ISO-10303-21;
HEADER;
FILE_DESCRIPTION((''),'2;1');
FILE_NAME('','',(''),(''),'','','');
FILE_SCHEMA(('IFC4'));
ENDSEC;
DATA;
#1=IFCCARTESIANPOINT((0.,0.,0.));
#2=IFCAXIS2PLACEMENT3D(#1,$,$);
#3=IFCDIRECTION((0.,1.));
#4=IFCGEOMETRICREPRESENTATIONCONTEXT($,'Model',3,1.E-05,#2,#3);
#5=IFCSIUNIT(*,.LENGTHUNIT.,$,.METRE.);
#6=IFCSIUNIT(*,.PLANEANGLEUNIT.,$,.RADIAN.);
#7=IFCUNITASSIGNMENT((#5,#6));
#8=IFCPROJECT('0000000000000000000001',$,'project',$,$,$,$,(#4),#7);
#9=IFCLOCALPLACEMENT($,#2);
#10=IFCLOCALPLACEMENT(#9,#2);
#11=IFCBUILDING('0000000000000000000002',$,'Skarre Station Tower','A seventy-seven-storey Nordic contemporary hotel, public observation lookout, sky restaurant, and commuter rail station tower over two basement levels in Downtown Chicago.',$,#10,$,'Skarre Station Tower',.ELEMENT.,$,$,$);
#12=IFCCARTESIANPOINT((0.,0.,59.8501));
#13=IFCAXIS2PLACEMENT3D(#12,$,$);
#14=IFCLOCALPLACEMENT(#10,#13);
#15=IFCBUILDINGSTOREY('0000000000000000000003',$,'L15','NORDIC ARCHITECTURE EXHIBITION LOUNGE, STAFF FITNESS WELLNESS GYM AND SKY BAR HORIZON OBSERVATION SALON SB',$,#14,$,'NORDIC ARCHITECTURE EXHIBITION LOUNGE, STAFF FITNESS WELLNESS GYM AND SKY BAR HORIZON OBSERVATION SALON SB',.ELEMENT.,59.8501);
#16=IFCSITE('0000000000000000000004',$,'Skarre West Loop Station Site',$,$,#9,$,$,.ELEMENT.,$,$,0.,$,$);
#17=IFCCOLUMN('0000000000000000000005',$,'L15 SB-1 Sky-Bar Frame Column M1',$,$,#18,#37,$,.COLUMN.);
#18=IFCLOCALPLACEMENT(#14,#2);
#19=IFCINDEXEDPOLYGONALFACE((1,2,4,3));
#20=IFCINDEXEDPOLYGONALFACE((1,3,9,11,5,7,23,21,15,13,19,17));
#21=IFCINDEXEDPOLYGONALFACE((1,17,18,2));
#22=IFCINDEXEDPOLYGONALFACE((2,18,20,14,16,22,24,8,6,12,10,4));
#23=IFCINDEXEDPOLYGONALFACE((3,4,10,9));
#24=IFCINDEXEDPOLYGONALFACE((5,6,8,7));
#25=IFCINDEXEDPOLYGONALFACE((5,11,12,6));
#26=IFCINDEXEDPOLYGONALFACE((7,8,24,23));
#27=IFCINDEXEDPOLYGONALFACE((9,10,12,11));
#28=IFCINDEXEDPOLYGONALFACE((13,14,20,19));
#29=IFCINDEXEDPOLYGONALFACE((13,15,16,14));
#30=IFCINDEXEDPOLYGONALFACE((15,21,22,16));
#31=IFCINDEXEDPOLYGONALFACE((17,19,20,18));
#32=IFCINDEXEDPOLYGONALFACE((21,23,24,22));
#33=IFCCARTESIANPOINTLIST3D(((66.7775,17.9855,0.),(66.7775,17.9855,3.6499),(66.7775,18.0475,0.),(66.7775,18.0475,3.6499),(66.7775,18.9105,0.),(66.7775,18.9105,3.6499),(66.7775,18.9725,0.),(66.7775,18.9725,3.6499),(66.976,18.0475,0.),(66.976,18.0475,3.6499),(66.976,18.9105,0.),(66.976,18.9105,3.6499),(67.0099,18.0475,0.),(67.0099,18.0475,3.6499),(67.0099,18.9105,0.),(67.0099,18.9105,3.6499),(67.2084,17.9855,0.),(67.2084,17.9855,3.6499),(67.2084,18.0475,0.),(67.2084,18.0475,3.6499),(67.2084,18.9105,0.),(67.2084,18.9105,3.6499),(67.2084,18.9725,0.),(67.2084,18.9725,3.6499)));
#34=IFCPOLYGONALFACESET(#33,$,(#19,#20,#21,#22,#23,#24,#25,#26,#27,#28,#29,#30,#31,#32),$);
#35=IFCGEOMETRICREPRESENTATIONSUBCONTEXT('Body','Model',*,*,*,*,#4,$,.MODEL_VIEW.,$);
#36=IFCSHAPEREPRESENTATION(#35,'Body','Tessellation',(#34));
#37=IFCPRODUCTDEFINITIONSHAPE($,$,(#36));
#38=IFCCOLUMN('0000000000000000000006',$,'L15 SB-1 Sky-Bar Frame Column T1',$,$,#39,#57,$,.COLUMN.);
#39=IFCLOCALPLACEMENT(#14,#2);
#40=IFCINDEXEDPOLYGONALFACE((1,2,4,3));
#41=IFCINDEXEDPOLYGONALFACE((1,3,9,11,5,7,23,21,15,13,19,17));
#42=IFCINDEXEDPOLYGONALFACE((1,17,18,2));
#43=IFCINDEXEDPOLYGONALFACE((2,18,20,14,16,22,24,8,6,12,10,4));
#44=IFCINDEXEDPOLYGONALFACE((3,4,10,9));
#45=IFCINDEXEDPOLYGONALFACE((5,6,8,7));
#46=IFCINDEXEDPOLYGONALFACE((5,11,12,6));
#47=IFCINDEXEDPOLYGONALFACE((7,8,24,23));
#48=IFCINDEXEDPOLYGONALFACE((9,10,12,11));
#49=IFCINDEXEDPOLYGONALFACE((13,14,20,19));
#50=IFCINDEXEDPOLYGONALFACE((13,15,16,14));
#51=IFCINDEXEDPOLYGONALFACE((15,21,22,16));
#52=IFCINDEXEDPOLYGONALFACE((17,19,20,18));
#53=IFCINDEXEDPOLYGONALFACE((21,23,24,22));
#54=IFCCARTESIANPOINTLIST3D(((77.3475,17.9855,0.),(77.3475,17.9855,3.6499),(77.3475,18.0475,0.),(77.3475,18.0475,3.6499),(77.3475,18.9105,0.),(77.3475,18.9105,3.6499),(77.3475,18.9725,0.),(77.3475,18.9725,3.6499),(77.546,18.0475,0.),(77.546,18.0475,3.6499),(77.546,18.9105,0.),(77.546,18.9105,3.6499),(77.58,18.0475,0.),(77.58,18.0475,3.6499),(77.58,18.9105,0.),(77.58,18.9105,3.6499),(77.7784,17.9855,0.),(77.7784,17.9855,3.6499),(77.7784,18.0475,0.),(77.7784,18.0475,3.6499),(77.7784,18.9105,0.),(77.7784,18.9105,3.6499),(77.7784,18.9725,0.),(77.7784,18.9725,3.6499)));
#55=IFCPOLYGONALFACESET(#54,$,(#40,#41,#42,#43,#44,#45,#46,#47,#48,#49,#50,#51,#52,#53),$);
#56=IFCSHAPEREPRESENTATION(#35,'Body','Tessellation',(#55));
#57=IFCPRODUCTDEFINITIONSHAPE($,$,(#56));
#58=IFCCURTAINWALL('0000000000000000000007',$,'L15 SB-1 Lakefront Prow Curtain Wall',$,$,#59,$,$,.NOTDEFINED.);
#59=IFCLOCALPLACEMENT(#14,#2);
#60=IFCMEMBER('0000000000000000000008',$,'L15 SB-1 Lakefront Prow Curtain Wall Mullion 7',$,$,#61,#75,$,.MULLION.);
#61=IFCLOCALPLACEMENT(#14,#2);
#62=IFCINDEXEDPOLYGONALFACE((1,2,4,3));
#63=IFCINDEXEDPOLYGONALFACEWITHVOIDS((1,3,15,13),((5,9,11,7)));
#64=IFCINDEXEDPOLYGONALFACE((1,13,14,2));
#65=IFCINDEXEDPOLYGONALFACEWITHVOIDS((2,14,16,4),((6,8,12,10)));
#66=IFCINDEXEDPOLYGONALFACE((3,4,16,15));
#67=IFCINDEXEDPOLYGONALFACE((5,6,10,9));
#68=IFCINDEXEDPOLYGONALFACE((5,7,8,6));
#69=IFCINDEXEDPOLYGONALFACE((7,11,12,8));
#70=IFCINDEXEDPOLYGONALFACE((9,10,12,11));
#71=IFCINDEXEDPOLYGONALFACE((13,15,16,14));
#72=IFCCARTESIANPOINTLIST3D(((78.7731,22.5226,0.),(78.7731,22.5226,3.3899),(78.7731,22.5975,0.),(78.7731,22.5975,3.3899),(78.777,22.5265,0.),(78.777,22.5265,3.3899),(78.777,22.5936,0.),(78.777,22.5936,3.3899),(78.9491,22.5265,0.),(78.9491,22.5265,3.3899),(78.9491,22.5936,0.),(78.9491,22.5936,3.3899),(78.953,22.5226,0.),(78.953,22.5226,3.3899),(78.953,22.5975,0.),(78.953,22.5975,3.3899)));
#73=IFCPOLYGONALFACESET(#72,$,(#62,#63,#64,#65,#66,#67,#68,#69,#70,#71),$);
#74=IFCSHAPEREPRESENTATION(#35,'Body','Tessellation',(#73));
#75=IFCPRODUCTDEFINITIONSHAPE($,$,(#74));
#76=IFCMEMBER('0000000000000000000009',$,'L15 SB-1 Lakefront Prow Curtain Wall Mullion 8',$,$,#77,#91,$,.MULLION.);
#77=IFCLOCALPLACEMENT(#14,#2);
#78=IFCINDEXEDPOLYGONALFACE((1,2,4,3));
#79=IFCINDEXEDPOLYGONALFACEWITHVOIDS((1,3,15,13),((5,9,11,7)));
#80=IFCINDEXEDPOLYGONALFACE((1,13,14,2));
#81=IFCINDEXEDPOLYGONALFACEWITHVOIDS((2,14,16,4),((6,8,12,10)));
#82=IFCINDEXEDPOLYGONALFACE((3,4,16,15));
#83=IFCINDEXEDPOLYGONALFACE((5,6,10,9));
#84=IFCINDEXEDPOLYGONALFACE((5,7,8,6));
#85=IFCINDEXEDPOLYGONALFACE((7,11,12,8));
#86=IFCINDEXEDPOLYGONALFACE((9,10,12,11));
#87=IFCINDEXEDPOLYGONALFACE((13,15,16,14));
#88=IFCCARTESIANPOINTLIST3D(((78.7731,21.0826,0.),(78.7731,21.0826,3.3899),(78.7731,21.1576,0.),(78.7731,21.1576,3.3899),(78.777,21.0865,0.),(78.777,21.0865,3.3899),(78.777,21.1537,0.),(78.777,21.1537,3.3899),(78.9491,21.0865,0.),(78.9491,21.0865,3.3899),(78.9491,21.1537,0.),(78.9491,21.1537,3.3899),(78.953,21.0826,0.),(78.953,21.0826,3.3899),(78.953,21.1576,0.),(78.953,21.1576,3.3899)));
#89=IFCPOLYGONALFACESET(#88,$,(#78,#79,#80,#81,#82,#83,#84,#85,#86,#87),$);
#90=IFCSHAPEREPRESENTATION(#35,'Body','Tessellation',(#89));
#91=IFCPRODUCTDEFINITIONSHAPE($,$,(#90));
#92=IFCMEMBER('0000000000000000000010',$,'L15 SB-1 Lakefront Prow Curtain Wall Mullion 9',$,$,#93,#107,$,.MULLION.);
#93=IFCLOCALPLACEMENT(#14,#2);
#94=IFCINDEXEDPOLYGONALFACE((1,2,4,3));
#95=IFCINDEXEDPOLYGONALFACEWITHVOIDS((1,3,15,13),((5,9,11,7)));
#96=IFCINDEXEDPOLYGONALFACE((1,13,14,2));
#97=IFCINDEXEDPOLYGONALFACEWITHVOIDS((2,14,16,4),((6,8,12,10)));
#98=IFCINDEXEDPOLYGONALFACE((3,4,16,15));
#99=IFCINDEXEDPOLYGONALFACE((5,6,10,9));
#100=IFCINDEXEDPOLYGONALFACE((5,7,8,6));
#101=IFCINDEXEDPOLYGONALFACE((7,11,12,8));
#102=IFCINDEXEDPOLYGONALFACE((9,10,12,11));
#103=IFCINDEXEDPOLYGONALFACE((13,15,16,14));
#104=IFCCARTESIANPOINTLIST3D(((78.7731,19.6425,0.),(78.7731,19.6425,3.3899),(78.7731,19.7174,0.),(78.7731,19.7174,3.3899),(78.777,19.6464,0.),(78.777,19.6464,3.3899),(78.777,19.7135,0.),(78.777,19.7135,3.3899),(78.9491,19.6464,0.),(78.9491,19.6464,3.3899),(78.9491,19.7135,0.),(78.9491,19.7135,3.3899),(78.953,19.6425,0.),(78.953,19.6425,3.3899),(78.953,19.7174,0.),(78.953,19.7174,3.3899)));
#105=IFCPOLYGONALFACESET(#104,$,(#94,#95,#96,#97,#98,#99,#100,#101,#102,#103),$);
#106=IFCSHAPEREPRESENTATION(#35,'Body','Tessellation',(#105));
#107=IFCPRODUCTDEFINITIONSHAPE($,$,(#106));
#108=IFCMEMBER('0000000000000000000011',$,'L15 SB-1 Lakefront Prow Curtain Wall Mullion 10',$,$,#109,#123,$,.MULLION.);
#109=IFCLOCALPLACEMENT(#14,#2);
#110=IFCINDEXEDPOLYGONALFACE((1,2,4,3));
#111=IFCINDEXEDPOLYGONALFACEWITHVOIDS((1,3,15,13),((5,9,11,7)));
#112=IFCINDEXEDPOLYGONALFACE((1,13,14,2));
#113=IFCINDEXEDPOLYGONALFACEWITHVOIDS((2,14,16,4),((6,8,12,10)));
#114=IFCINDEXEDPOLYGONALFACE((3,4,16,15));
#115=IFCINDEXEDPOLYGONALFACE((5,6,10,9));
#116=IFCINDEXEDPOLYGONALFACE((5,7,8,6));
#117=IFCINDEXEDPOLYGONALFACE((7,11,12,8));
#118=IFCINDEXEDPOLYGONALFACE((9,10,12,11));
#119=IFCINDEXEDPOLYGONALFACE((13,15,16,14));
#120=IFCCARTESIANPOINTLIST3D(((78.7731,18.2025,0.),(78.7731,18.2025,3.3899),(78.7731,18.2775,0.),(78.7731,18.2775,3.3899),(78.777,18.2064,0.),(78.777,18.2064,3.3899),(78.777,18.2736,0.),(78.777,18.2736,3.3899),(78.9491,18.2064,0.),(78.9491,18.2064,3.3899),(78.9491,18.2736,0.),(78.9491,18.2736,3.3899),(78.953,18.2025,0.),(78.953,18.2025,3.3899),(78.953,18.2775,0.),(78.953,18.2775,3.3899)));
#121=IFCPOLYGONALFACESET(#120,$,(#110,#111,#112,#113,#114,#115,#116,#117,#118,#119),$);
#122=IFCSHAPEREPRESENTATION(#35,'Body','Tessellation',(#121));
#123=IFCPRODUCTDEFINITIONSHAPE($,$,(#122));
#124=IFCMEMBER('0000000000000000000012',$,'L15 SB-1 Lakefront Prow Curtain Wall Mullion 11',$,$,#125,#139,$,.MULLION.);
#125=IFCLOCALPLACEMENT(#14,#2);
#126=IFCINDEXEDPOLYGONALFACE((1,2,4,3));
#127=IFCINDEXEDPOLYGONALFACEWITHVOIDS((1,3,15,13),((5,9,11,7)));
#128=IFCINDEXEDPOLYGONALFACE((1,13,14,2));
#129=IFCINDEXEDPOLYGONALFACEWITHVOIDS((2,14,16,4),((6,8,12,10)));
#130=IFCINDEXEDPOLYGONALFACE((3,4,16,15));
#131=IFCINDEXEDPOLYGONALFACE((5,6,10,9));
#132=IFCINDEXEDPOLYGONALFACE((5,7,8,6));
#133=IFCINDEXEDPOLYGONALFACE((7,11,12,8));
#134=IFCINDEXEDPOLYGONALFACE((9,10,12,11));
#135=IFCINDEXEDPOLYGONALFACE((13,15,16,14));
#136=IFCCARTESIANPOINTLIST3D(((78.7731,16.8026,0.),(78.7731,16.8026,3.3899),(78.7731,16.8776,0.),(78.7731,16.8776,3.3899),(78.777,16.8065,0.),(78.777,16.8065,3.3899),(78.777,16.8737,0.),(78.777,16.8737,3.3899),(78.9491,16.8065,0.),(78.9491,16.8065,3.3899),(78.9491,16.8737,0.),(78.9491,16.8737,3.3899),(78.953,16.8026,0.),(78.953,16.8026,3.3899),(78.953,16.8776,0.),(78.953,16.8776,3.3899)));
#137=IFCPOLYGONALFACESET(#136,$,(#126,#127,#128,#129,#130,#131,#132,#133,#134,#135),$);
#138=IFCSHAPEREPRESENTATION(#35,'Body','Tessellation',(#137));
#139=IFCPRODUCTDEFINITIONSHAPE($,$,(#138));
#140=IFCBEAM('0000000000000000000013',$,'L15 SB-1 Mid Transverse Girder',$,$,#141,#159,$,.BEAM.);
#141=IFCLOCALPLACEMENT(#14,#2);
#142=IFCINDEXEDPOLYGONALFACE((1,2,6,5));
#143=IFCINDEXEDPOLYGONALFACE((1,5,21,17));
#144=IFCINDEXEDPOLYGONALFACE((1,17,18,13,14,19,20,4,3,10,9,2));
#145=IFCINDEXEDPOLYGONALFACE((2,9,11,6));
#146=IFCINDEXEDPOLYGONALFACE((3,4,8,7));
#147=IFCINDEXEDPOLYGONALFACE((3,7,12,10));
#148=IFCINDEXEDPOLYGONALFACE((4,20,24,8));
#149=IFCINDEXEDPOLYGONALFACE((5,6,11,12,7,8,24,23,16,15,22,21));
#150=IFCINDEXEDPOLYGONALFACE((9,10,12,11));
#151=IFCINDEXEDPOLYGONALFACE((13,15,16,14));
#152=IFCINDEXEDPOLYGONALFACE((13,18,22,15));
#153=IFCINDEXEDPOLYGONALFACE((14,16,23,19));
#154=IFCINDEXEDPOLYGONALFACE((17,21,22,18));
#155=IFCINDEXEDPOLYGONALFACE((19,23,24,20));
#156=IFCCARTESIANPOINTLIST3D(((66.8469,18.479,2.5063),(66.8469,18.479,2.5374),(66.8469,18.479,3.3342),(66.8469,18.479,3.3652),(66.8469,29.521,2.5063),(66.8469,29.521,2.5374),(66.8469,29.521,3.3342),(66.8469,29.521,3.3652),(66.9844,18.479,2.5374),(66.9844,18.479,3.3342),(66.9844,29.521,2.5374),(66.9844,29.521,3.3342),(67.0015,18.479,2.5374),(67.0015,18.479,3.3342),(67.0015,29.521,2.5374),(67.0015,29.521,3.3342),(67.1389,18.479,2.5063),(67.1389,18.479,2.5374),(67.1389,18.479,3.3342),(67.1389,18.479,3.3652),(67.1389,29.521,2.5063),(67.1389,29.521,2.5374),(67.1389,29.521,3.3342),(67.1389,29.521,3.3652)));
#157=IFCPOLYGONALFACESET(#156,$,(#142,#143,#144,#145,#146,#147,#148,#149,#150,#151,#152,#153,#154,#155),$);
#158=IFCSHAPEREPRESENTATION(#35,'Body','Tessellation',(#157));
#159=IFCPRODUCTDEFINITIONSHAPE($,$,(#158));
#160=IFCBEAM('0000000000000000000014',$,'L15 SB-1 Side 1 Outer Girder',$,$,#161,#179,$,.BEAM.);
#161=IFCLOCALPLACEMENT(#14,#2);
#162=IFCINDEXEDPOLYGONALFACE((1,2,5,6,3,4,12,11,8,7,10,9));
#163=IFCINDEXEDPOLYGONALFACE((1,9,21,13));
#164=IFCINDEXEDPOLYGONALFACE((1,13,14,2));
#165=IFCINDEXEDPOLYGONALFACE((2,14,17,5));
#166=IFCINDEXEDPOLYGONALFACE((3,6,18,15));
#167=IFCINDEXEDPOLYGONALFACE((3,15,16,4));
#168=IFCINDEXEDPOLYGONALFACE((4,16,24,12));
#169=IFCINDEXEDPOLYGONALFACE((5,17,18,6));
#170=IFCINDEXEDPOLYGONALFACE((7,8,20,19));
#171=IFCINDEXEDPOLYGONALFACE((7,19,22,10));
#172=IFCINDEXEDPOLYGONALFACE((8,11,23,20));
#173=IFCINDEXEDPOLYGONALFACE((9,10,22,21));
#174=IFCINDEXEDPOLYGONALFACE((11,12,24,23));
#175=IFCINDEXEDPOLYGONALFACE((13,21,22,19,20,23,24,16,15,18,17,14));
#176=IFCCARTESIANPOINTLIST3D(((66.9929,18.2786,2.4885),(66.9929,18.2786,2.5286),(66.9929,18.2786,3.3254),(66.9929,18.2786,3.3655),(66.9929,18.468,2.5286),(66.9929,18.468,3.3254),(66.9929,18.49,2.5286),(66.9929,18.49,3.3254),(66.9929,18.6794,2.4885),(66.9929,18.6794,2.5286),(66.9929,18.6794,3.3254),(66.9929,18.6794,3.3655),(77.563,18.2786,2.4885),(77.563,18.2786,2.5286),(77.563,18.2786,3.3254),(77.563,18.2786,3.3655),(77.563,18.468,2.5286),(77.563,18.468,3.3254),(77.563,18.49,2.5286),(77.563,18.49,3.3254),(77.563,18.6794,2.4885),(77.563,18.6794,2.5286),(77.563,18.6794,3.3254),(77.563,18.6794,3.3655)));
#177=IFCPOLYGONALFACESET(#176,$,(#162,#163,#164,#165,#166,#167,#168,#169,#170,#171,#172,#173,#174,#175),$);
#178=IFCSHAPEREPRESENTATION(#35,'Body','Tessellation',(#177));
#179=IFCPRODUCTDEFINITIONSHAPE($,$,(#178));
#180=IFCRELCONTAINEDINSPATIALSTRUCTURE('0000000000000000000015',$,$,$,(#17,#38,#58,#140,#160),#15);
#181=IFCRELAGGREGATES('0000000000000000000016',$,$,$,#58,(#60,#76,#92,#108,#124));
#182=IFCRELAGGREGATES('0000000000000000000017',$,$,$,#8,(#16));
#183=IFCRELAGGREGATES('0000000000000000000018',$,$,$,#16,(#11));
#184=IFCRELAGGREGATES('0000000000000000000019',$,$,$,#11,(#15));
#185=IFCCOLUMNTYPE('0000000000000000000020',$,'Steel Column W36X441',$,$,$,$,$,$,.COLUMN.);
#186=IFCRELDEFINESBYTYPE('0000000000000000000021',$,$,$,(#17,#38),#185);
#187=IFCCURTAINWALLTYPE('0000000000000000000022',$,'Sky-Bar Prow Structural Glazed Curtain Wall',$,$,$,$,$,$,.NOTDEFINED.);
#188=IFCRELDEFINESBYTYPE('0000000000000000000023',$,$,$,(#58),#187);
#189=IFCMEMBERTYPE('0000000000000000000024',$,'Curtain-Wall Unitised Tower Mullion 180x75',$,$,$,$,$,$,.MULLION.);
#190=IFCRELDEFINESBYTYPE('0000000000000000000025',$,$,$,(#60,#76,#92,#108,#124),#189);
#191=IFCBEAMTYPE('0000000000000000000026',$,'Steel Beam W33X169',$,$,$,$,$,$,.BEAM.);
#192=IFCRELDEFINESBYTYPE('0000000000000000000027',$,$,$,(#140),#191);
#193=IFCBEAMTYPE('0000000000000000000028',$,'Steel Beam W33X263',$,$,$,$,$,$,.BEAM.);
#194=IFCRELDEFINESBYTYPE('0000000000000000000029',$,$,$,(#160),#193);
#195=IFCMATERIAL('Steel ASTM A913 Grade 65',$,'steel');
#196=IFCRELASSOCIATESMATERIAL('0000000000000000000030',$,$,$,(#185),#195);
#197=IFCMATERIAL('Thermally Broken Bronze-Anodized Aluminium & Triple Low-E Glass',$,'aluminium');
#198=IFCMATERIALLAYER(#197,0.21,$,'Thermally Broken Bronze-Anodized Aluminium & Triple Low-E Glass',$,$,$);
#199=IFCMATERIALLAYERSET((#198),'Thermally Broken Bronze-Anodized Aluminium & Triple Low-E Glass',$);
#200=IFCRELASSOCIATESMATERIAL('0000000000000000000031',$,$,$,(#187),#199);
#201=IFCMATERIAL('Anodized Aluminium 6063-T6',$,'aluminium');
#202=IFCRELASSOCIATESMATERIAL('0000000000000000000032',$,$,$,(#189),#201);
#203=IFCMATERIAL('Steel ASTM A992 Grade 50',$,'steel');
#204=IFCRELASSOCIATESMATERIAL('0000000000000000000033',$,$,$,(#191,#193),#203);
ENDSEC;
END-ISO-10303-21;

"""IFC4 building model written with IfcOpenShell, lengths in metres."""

from ifc_helpers import new_model, si_unit, direction, frame, origin, origin_2d, place, context, subcontext, project, spatial, hollow_rectangle, i_section, extrude, material, layer, layer_set, material_profile, profile_set, type_object, element, aggregate, save


model = new_model("IFC4")

# Units and contexts
model_context = context("Model", 3, precision=1e-05, world=origin(), true_north=direction((0.0, 1.0)))
body_context = subcontext(model_context, "Body", "Model", "MODEL_VIEW")
ifc_project = project(units=[si_unit("LENGTHUNIT", "METRE"), si_unit("PLANEANGLEUNIT", "RADIAN")], contexts=[model_context])

# Site, building, storey
site_placement = place(None, origin())
site = spatial("IfcSite", under=ifc_project, at=site_placement, Name="Skarre West Loop Station Site", CompositionType="ELEMENT", RefElevation=0.0)
building_placement = place(site_placement, origin())
building = spatial("IfcBuilding", under=site, at=building_placement, Name="Skarre Station Tower", Description="A seventy-seven-storey Nordic contemporary hotel, public observation lookout, sky restaurant, and commuter rail station tower over two basement levels in Downtown Chicago.", LongName="Skarre Station Tower", CompositionType="ELEMENT")
storey_placement = place(building_placement, frame((0.0, 0.0, 59.8501)))
storey = spatial("IfcBuildingStorey", under=building, at=storey_placement, Name="L15", Description="NORDIC ARCHITECTURE EXHIBITION LOUNGE, STAFF FITNESS WELLNESS GYM AND SKY BAR HORIZON OBSERVATION SALON SB", LongName="NORDIC ARCHITECTURE EXHIBITION LOUNGE, STAFF FITNESS WELLNESS GYM AND SKY BAR HORIZON OBSERVATION SALON SB", CompositionType="ELEMENT", Elevation=59.8501)

# Columns
ifc_material_1 = material(Name="Steel ASTM A913 Grade 65", Category="steel")
ifc_material_profile_1 = material_profile(ifc_material_1, i_section(OverallWidth=0.4309, OverallDepth=0.9871, WebThickness=0.0339, FlangeThickness=0.062, at=origin_2d()), Name="Steel ASTM A913 Grade 65")
ifc_profile_set_1 = profile_set([ifc_material_profile_1], Name="Steel ASTM A913 Grade 65")
column_type = type_object("IfcColumnType", Name="Steel Column W36X441", PredefinedType="COLUMN", material=ifc_profile_set_1)
for number, where, z_axis, x_axis, name in (
    (1, (66.9929, 18.479, 0.0), (0.0, 0.0, 1.0), (1.0, 0.0, 0.0), "L15 SB-1 Sky-Bar Frame Column M1"),
    (2, (77.563, 18.479, 0.0), (0.0, 0.0, 1.0), (1.0, 0.0, 0.0), "L15 SB-1 Sky-Bar Frame Column T1"),
):
    element("IfcColumn", number, at=place(storey_placement, frame(where, z_axis=z_axis, x_axis=x_axis)), inside=storey, type_object=column_type, Name=name, PredefinedType="COLUMN", context=body_context, shape_type="SweptSolid", body=[
        extrude(i_section(OverallWidth=0.4309, OverallDepth=0.9871, WebThickness=0.0339, FlangeThickness=0.062, at=origin_2d()), origin(), (0.0, 0.0, 1.0), 3.6499),
    ])

# Curtain wall, members
ifc_material_2 = material(Name="Thermally Broken Bronze-Anodized Aluminium & Triple Low-E Glass", Category="aluminium")
ifc_layer_1 = layer(ifc_material_2, 0.21, Name="Thermally Broken Bronze-Anodized Aluminium & Triple Low-E Glass")
ifc_layer_set_1 = layer_set([ifc_layer_1], Name="Thermally Broken Bronze-Anodized Aluminium & Triple Low-E Glass")
curtain_wall_type = type_object("IfcCurtainWallType", Name="Sky-Bar Prow Structural Glazed Curtain Wall", PredefinedType="NOTDEFINED", material=ifc_layer_set_1)
curtain_wall_placement = place(storey_placement, origin())
curtain_wall = element("IfcCurtainWall", 3, at=curtain_wall_placement, inside=storey, type_object=curtain_wall_type, Name="L15 SB-1 Lakefront Prow Curtain Wall", PredefinedType="NOTDEFINED")
ifc_material_3 = material(Name="Anodized Aluminium 6063-T6", Category="aluminium")
ifc_material_profile_2 = material_profile(ifc_material_3, hollow_rectangle(XDim=0.075, YDim=0.1799, WallThickness=0.0039, at=origin_2d()), Name="Anodized Aluminium 6063-T6")
ifc_profile_set_2 = profile_set([ifc_material_profile_2], Name="Anodized Aluminium 6063-T6")
member_type = type_object("IfcMemberType", Name="Curtain-Wall Unitised Tower Mullion 180x75", PredefinedType="MULLION", material=ifc_profile_set_2)
member_1_placement = place(storey_placement, frame((78.863, 22.5601, 0.0), z_axis=(0.0, 0.0, 1.0), x_axis=(0.0, -1.0, 0.0)))
member_1 = element("IfcMember", 4, at=member_1_placement, type_object=member_type, Name="L15 SB-1 Lakefront Prow Curtain Wall Mullion 7", PredefinedType="MULLION", context=body_context, shape_type="SweptSolid", body=[
    extrude(hollow_rectangle(XDim=0.075, YDim=0.1799, WallThickness=0.0039, at=origin_2d()), origin(), (0.0, 0.0, 1.0), 3.3899),
])
member_2_placement = place(storey_placement, frame((78.863, 21.1201, 0.0), z_axis=(0.0, 0.0, 1.0), x_axis=(0.0, -1.0, 0.0)))
member_2 = element("IfcMember", 5, at=member_2_placement, type_object=member_type, Name="L15 SB-1 Lakefront Prow Curtain Wall Mullion 8", PredefinedType="MULLION", context=body_context, shape_type="SweptSolid", body=[
    extrude(hollow_rectangle(XDim=0.075, YDim=0.1799, WallThickness=0.0039, at=origin_2d()), origin(), (0.0, 0.0, 1.0), 3.3899),
])
member_3_placement = place(storey_placement, frame((78.863, 19.6799, 0.0), z_axis=(0.0, 0.0, 1.0), x_axis=(0.0, -1.0, 0.0)))
member_3 = element("IfcMember", 6, at=member_3_placement, type_object=member_type, Name="L15 SB-1 Lakefront Prow Curtain Wall Mullion 9", PredefinedType="MULLION", context=body_context, shape_type="SweptSolid", body=[
    extrude(hollow_rectangle(XDim=0.075, YDim=0.1799, WallThickness=0.0039, at=origin_2d()), origin(), (0.0, 0.0, 1.0), 3.3899),
])
member_4_placement = place(storey_placement, frame((78.863, 18.24, 0.0), z_axis=(0.0, 0.0, 1.0), x_axis=(0.0, -1.0, 0.0)))
member_4 = element("IfcMember", 7, at=member_4_placement, type_object=member_type, Name="L15 SB-1 Lakefront Prow Curtain Wall Mullion 10", PredefinedType="MULLION", context=body_context, shape_type="SweptSolid", body=[
    extrude(hollow_rectangle(XDim=0.075, YDim=0.1799, WallThickness=0.0039, at=origin_2d()), origin(), (0.0, 0.0, 1.0), 3.3899),
])
member_5_placement = place(storey_placement, frame((78.863, 16.8401, 0.0), z_axis=(0.0, 0.0, 1.0), x_axis=(0.0, -1.0, 0.0)))
member_5 = element("IfcMember", 8, at=member_5_placement, type_object=member_type, Name="L15 SB-1 Lakefront Prow Curtain Wall Mullion 11", PredefinedType="MULLION", context=body_context, shape_type="SweptSolid", body=[
    extrude(hollow_rectangle(XDim=0.075, YDim=0.1799, WallThickness=0.0039, at=origin_2d()), origin(), (0.0, 0.0, 1.0), 3.3899),
])

# Beams
ifc_material_4 = material(Name="Steel ASTM A992 Grade 50", Category="steel")
ifc_material_profile_3 = material_profile(ifc_material_4, i_section(OverallWidth=0.292, OverallDepth=0.8589, WebThickness=0.0171, FlangeThickness=0.031, at=origin_2d()), Name="Steel ASTM A992 Grade 50")
ifc_profile_set_3 = profile_set([ifc_material_profile_3], Name="Steel ASTM A992 Grade 50")
beam_type_1 = type_object("IfcBeamType", Name="Steel Beam W33X169", PredefinedType="BEAM", material=ifc_profile_set_3)
beam_1_placement = place(storey_placement, frame((66.9929, 18.479, 2.9358), z_axis=(0.0, 1.0, 0.0), x_axis=(-1.0, 0.0, 0.0)))
element("IfcBeam", 9, at=beam_1_placement, inside=storey, type_object=beam_type_1, Name="L15 SB-1 Mid Transverse Girder", PredefinedType="BEAM", context=body_context, shape_type="SweptSolid", body=[
    extrude(i_section(OverallWidth=0.292, OverallDepth=0.8589, WebThickness=0.0171, FlangeThickness=0.031, at=origin_2d()), origin(), (0.0, 0.0, 1.0), 11.042),
])
ifc_material_profile_4 = material_profile(ifc_material_4, i_section(OverallWidth=0.4009, OverallDepth=0.877, WebThickness=0.022, FlangeThickness=0.04, at=origin_2d()), Name="Steel ASTM A992 Grade 50")
ifc_profile_set_4 = profile_set([ifc_material_profile_4], Name="Steel ASTM A992 Grade 50")
beam_type_2 = type_object("IfcBeamType", Name="Steel Beam W33X263", PredefinedType="BEAM", material=ifc_profile_set_4)
beam_2_placement = place(storey_placement, frame((66.9929, 18.479, 2.927), z_axis=(1.0, 0.0, 0.0), x_axis=(0.0, 1.0, 0.0)))
element("IfcBeam", 10, at=beam_2_placement, inside=storey, type_object=beam_type_2, Name="L15 SB-1 Side 1 Outer Girder", PredefinedType="BEAM", context=body_context, shape_type="SweptSolid", body=[
    extrude(i_section(OverallWidth=0.4009, OverallDepth=0.877, WebThickness=0.022, FlangeThickness=0.04, at=origin_2d()), origin(), (0.0, 0.0, 1.0), 10.5701),
])

aggregate(curtain_wall, [member_1, member_2, member_3, member_4, member_5])

save(model, "model.ifc")
